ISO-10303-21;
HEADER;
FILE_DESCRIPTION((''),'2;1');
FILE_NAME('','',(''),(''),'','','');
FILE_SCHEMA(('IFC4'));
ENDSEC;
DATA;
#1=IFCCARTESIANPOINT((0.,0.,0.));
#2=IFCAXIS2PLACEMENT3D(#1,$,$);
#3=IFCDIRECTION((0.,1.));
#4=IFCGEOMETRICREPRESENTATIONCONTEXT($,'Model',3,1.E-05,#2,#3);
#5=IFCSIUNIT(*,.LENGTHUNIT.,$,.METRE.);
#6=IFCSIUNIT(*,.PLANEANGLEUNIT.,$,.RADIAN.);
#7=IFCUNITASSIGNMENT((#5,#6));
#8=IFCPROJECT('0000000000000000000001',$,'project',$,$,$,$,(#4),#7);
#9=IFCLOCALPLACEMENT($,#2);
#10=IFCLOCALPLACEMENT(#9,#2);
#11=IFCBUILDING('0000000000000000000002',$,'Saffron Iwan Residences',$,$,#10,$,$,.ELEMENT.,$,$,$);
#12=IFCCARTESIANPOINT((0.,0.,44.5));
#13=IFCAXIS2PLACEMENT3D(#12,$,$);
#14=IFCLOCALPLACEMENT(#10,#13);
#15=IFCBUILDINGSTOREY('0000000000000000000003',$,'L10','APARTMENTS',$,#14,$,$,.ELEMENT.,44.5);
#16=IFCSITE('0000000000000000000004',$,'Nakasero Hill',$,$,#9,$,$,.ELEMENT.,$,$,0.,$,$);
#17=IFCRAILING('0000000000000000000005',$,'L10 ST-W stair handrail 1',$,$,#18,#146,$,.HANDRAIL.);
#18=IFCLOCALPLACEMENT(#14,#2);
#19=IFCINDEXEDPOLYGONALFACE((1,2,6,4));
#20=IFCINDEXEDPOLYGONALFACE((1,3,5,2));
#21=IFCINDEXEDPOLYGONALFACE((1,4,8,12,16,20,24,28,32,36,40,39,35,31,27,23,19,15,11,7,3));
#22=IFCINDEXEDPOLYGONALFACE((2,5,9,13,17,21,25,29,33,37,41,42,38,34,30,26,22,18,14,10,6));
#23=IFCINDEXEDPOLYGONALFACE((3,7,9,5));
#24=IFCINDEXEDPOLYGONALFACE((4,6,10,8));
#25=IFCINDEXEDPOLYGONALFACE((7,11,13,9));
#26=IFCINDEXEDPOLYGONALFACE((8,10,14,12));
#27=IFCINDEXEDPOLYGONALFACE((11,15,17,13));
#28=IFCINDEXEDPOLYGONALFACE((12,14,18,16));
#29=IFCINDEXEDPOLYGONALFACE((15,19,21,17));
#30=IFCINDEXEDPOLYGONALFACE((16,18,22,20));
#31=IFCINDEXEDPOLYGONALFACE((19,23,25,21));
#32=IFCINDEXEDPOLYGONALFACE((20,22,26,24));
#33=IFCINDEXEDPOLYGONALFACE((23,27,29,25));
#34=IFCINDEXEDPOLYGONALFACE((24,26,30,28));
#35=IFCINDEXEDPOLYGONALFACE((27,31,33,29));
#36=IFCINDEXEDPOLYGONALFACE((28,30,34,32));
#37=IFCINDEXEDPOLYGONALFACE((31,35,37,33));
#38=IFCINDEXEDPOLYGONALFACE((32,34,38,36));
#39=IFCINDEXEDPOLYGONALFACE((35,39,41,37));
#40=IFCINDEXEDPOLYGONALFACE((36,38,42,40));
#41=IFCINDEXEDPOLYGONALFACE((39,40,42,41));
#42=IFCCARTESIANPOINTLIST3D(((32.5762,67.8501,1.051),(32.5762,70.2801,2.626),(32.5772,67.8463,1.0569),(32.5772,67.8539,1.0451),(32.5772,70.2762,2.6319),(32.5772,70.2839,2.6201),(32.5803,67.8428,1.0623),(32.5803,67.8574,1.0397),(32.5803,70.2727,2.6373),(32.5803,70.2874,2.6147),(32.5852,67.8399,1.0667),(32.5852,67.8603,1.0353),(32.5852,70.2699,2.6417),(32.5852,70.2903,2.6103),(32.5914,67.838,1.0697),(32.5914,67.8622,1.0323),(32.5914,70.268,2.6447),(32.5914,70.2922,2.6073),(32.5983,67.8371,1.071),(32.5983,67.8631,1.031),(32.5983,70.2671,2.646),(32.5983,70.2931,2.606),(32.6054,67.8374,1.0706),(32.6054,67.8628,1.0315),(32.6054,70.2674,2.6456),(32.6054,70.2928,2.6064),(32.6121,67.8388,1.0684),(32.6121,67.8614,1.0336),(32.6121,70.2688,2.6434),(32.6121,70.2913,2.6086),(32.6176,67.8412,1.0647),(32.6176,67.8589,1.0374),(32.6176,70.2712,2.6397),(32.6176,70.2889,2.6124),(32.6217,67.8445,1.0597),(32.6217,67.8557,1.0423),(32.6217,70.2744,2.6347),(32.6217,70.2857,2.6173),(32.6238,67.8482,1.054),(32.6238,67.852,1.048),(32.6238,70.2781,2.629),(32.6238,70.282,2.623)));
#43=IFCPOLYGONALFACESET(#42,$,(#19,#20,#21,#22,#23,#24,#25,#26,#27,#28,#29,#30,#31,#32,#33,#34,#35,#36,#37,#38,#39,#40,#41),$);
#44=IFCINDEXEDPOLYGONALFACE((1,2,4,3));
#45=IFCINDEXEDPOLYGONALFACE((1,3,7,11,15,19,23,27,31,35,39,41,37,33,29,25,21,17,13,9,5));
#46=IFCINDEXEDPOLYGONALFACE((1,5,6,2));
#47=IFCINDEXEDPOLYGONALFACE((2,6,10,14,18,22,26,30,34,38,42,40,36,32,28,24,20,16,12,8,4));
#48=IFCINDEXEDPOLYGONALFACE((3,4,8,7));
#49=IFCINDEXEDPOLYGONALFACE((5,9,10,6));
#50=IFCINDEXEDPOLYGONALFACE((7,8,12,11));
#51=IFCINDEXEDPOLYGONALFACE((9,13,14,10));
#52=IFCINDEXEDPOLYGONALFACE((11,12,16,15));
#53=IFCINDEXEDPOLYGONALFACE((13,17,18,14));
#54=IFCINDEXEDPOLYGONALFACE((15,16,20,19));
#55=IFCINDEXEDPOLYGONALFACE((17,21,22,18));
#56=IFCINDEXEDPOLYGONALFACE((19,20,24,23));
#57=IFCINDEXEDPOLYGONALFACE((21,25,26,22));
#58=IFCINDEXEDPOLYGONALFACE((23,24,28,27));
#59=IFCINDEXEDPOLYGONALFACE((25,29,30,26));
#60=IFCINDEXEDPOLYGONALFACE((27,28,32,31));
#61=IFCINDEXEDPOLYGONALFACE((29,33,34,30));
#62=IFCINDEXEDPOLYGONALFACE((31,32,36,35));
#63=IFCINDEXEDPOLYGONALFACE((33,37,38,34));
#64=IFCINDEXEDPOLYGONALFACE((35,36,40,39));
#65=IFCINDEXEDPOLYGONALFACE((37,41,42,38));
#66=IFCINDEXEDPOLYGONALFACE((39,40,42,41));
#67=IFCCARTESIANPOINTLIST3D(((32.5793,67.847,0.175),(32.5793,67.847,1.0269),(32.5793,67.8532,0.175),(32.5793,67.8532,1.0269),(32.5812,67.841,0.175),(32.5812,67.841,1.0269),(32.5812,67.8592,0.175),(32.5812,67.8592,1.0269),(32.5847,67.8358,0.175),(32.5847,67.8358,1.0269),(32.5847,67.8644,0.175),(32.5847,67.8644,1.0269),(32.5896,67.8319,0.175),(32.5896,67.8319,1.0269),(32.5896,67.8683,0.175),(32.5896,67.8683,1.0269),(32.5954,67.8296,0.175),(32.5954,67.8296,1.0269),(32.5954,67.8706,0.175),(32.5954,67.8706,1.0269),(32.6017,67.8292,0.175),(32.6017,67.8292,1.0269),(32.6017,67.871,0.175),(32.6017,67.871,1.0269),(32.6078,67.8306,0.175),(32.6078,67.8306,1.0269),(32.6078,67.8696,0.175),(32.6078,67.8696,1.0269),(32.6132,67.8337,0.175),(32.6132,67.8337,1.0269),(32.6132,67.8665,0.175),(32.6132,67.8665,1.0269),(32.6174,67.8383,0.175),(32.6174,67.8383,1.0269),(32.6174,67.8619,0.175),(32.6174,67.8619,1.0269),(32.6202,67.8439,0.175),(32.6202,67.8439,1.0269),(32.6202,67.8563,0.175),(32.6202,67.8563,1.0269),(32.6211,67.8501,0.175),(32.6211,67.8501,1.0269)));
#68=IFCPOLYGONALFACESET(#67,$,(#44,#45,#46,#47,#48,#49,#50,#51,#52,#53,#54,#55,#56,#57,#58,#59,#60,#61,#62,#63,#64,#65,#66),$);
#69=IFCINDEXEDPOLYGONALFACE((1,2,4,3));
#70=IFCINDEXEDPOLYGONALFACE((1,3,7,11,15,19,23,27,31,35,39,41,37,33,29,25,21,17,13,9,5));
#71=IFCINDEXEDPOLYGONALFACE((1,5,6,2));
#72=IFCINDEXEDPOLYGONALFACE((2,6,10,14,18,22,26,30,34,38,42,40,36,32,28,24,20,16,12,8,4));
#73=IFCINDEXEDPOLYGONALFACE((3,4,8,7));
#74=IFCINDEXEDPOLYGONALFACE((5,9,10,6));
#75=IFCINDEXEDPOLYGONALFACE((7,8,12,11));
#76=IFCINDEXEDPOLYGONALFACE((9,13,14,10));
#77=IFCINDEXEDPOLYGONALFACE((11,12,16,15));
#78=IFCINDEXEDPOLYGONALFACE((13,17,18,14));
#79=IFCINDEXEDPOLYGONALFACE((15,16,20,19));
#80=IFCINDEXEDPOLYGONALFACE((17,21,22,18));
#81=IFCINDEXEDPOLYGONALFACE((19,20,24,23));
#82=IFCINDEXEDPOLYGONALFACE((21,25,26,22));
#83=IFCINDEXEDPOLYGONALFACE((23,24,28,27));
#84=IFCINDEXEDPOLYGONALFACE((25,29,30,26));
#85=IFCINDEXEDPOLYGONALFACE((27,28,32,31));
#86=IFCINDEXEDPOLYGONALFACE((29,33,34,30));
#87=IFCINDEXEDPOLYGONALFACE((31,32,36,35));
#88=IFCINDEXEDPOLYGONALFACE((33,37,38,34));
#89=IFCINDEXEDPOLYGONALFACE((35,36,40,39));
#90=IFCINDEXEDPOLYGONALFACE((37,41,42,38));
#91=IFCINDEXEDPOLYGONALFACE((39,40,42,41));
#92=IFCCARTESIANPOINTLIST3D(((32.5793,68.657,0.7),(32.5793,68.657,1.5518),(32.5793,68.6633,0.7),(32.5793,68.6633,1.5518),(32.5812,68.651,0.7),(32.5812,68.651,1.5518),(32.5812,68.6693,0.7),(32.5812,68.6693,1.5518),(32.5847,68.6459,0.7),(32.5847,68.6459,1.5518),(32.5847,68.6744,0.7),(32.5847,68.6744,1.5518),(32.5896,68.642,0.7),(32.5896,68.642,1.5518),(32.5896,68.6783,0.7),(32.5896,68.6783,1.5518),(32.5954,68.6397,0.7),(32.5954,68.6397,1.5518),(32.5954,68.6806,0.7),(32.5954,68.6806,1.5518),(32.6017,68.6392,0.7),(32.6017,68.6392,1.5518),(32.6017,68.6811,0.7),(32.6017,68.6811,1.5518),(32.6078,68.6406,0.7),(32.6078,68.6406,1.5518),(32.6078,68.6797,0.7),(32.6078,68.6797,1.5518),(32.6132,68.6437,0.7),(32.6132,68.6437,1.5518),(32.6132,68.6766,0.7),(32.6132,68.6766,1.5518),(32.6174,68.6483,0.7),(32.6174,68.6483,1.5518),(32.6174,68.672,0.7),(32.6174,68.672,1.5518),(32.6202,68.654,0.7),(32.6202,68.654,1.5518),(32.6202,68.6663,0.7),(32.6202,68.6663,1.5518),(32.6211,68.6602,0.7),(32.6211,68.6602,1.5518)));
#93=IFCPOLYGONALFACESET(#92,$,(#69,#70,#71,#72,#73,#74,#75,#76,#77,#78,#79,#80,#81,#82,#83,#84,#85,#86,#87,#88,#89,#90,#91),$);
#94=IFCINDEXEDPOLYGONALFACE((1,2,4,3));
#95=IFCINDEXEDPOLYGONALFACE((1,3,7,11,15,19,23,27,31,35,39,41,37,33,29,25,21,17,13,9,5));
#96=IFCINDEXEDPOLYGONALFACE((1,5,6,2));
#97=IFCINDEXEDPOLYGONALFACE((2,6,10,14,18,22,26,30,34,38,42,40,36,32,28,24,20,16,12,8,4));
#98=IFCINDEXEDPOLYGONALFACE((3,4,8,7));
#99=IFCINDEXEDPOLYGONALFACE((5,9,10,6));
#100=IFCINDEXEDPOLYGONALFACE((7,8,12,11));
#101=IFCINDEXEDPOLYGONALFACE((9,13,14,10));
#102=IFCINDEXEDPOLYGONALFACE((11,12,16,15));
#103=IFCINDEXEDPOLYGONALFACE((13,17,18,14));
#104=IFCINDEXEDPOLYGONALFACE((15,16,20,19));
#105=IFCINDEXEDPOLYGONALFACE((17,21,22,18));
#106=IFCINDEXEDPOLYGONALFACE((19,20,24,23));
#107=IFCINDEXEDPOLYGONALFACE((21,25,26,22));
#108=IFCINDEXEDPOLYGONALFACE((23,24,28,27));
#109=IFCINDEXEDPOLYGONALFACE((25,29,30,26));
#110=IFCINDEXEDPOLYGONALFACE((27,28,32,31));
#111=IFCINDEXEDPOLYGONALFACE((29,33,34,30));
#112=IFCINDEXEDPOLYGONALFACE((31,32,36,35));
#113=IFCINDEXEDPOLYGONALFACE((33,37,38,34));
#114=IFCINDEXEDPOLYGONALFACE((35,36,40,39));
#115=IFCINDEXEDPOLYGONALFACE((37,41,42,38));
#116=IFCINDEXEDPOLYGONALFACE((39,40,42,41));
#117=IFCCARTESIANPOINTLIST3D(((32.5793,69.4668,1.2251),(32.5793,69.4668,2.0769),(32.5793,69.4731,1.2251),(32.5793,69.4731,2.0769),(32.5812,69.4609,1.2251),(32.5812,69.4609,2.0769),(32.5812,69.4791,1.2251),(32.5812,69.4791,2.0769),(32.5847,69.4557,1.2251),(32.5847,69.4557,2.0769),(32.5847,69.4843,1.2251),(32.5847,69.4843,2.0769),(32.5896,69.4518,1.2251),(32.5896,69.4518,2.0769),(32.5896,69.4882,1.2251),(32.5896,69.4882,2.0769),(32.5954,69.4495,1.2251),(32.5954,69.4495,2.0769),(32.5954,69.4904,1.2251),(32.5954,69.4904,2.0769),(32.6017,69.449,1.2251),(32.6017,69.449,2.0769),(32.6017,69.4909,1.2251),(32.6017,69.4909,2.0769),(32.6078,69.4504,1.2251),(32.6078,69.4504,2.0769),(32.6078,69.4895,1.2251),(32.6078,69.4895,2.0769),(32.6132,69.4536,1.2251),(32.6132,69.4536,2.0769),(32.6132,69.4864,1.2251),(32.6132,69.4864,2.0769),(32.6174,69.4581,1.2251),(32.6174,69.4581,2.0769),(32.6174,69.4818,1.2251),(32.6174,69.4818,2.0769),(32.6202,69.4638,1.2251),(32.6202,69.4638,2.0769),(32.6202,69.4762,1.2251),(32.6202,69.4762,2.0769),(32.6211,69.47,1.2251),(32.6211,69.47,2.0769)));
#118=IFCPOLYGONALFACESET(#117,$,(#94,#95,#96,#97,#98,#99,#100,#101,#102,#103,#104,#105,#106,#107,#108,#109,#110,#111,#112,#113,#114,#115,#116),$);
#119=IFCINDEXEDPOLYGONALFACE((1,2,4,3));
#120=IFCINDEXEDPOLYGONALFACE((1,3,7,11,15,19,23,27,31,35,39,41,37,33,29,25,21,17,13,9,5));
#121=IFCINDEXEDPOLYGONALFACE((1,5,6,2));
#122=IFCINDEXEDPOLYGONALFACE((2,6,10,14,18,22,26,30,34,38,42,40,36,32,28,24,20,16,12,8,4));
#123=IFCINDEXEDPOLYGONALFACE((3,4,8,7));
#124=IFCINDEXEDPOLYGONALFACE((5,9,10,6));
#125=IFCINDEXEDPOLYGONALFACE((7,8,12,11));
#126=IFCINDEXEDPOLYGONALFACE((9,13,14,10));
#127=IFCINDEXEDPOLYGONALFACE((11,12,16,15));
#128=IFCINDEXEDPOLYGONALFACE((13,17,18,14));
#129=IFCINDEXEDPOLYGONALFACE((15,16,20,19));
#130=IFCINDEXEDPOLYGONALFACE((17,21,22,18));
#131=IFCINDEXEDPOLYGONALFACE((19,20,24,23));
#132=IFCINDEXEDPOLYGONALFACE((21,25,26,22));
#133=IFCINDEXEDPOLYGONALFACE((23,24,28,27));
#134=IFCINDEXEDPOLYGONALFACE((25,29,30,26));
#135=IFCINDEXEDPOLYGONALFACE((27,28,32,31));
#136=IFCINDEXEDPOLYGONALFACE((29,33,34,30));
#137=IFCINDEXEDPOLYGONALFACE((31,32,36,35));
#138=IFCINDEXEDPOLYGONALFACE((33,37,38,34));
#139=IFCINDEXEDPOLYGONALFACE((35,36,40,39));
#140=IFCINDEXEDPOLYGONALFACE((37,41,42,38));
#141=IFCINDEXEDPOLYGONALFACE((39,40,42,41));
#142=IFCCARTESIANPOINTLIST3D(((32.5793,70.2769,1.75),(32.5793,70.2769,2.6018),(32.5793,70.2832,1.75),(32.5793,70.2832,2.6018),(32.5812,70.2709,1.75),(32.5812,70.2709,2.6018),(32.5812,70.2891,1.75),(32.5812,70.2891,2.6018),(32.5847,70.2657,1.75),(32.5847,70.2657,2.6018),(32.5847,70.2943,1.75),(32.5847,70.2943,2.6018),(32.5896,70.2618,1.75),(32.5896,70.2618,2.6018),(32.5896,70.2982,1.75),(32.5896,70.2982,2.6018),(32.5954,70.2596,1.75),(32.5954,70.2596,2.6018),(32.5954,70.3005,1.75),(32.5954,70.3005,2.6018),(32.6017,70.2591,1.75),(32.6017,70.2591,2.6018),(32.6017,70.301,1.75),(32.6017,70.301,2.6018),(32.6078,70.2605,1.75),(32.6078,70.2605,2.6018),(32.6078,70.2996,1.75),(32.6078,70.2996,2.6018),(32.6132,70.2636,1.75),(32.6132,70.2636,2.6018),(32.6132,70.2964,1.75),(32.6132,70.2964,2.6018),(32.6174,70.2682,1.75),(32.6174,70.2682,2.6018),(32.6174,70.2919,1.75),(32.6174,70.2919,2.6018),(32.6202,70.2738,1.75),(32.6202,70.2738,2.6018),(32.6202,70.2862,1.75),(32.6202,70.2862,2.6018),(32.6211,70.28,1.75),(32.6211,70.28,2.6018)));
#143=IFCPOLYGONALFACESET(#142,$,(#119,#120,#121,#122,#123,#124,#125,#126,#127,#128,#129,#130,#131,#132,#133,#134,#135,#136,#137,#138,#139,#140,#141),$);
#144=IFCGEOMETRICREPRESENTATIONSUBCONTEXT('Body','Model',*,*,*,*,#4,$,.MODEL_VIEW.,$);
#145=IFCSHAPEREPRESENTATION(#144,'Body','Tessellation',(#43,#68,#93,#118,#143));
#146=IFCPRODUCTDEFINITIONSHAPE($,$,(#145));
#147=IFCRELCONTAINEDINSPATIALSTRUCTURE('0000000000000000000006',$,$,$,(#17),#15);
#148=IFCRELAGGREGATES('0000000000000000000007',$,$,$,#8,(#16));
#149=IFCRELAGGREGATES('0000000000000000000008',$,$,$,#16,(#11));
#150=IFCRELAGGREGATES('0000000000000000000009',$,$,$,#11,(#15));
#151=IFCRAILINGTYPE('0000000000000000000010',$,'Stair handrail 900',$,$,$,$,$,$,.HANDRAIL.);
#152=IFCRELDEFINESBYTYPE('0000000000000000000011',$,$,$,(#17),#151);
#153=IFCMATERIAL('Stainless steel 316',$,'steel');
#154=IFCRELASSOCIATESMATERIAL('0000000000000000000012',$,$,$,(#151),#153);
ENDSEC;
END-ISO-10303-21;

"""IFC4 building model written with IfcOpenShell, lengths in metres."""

from ifc_helpers import new_model, si_unit, direction, frame, origin, origin_2d, place, context, subcontext, project, spatial, circle, extrude, material, type_object, element, save


model = new_model("IFC4")

# Units and contexts
model_context = context("Model", 3, precision=1e-05, world=origin(), true_north=direction((0.0, 1.0)))
body_context = subcontext(model_context, "Body", "Model", "MODEL_VIEW")
ifc_project = project(units=[si_unit("LENGTHUNIT", "METRE"), si_unit("PLANEANGLEUNIT", "RADIAN")], contexts=[model_context])

# Site, building, storey
site_placement = place(None, origin())
site = spatial("IfcSite", under=ifc_project, at=site_placement, Name="Nakasero Hill", CompositionType="ELEMENT", RefElevation=0.0)
building_placement = place(site_placement, origin())
building = spatial("IfcBuilding", under=site, at=building_placement, Name="Saffron Iwan Residences", CompositionType="ELEMENT")
storey_placement = place(building_placement, frame((0.0, 0.0, 44.5)))
storey = spatial("IfcBuildingStorey", under=building, at=storey_placement, Name="L10", Description="APARTMENTS", CompositionType="ELEMENT", Elevation=44.5)

# Railing
ifc_material_1 = material(Name="Stainless steel 316", Category="steel")
railing_type_1 = type_object("IfcRailingType", Name="Stair handrail 900", PredefinedType="HANDRAIL", material=ifc_material_1)
railing_1_placement = place(storey_placement, frame((32.6001, 67.8501, 0.175)))
element("IfcRailing", 1, at=railing_1_placement, inside=storey, type_object=railing_type_1, Name="L10 ST-W stair handrail 1", PredefinedType="HANDRAIL", context=body_context, shape_type="SweptSolid", body=[
    extrude(circle(Radius=0.0239, at=origin_2d()), frame((0.0, 0.0, 0.876), z_axis=(0.0, 0.839154, 0.543894), x_axis=(-1.0, 0.0, 0.0)), (0.0, 0.0, 1.0), 2.8958),
    extrude(circle(Radius=0.021, at=origin_2d()), origin(), (0.0, 0.0, 1.0), 0.8518),
    extrude(circle(Radius=0.021, at=origin_2d()), frame((0.0, 0.8101, 0.5249)), (0.0, 0.0, 1.0), 0.8518),
    extrude(circle(Radius=0.021, at=origin_2d()), frame((0.0, 1.6199, 1.05)), (0.0, 0.0, 1.0), 0.8518),
    extrude(circle(Radius=0.021, at=origin_2d()), frame((0.0, 2.4299, 1.575)), (0.0, 0.0, 1.0), 0.8518),
])

save(model, "model.ifc")
